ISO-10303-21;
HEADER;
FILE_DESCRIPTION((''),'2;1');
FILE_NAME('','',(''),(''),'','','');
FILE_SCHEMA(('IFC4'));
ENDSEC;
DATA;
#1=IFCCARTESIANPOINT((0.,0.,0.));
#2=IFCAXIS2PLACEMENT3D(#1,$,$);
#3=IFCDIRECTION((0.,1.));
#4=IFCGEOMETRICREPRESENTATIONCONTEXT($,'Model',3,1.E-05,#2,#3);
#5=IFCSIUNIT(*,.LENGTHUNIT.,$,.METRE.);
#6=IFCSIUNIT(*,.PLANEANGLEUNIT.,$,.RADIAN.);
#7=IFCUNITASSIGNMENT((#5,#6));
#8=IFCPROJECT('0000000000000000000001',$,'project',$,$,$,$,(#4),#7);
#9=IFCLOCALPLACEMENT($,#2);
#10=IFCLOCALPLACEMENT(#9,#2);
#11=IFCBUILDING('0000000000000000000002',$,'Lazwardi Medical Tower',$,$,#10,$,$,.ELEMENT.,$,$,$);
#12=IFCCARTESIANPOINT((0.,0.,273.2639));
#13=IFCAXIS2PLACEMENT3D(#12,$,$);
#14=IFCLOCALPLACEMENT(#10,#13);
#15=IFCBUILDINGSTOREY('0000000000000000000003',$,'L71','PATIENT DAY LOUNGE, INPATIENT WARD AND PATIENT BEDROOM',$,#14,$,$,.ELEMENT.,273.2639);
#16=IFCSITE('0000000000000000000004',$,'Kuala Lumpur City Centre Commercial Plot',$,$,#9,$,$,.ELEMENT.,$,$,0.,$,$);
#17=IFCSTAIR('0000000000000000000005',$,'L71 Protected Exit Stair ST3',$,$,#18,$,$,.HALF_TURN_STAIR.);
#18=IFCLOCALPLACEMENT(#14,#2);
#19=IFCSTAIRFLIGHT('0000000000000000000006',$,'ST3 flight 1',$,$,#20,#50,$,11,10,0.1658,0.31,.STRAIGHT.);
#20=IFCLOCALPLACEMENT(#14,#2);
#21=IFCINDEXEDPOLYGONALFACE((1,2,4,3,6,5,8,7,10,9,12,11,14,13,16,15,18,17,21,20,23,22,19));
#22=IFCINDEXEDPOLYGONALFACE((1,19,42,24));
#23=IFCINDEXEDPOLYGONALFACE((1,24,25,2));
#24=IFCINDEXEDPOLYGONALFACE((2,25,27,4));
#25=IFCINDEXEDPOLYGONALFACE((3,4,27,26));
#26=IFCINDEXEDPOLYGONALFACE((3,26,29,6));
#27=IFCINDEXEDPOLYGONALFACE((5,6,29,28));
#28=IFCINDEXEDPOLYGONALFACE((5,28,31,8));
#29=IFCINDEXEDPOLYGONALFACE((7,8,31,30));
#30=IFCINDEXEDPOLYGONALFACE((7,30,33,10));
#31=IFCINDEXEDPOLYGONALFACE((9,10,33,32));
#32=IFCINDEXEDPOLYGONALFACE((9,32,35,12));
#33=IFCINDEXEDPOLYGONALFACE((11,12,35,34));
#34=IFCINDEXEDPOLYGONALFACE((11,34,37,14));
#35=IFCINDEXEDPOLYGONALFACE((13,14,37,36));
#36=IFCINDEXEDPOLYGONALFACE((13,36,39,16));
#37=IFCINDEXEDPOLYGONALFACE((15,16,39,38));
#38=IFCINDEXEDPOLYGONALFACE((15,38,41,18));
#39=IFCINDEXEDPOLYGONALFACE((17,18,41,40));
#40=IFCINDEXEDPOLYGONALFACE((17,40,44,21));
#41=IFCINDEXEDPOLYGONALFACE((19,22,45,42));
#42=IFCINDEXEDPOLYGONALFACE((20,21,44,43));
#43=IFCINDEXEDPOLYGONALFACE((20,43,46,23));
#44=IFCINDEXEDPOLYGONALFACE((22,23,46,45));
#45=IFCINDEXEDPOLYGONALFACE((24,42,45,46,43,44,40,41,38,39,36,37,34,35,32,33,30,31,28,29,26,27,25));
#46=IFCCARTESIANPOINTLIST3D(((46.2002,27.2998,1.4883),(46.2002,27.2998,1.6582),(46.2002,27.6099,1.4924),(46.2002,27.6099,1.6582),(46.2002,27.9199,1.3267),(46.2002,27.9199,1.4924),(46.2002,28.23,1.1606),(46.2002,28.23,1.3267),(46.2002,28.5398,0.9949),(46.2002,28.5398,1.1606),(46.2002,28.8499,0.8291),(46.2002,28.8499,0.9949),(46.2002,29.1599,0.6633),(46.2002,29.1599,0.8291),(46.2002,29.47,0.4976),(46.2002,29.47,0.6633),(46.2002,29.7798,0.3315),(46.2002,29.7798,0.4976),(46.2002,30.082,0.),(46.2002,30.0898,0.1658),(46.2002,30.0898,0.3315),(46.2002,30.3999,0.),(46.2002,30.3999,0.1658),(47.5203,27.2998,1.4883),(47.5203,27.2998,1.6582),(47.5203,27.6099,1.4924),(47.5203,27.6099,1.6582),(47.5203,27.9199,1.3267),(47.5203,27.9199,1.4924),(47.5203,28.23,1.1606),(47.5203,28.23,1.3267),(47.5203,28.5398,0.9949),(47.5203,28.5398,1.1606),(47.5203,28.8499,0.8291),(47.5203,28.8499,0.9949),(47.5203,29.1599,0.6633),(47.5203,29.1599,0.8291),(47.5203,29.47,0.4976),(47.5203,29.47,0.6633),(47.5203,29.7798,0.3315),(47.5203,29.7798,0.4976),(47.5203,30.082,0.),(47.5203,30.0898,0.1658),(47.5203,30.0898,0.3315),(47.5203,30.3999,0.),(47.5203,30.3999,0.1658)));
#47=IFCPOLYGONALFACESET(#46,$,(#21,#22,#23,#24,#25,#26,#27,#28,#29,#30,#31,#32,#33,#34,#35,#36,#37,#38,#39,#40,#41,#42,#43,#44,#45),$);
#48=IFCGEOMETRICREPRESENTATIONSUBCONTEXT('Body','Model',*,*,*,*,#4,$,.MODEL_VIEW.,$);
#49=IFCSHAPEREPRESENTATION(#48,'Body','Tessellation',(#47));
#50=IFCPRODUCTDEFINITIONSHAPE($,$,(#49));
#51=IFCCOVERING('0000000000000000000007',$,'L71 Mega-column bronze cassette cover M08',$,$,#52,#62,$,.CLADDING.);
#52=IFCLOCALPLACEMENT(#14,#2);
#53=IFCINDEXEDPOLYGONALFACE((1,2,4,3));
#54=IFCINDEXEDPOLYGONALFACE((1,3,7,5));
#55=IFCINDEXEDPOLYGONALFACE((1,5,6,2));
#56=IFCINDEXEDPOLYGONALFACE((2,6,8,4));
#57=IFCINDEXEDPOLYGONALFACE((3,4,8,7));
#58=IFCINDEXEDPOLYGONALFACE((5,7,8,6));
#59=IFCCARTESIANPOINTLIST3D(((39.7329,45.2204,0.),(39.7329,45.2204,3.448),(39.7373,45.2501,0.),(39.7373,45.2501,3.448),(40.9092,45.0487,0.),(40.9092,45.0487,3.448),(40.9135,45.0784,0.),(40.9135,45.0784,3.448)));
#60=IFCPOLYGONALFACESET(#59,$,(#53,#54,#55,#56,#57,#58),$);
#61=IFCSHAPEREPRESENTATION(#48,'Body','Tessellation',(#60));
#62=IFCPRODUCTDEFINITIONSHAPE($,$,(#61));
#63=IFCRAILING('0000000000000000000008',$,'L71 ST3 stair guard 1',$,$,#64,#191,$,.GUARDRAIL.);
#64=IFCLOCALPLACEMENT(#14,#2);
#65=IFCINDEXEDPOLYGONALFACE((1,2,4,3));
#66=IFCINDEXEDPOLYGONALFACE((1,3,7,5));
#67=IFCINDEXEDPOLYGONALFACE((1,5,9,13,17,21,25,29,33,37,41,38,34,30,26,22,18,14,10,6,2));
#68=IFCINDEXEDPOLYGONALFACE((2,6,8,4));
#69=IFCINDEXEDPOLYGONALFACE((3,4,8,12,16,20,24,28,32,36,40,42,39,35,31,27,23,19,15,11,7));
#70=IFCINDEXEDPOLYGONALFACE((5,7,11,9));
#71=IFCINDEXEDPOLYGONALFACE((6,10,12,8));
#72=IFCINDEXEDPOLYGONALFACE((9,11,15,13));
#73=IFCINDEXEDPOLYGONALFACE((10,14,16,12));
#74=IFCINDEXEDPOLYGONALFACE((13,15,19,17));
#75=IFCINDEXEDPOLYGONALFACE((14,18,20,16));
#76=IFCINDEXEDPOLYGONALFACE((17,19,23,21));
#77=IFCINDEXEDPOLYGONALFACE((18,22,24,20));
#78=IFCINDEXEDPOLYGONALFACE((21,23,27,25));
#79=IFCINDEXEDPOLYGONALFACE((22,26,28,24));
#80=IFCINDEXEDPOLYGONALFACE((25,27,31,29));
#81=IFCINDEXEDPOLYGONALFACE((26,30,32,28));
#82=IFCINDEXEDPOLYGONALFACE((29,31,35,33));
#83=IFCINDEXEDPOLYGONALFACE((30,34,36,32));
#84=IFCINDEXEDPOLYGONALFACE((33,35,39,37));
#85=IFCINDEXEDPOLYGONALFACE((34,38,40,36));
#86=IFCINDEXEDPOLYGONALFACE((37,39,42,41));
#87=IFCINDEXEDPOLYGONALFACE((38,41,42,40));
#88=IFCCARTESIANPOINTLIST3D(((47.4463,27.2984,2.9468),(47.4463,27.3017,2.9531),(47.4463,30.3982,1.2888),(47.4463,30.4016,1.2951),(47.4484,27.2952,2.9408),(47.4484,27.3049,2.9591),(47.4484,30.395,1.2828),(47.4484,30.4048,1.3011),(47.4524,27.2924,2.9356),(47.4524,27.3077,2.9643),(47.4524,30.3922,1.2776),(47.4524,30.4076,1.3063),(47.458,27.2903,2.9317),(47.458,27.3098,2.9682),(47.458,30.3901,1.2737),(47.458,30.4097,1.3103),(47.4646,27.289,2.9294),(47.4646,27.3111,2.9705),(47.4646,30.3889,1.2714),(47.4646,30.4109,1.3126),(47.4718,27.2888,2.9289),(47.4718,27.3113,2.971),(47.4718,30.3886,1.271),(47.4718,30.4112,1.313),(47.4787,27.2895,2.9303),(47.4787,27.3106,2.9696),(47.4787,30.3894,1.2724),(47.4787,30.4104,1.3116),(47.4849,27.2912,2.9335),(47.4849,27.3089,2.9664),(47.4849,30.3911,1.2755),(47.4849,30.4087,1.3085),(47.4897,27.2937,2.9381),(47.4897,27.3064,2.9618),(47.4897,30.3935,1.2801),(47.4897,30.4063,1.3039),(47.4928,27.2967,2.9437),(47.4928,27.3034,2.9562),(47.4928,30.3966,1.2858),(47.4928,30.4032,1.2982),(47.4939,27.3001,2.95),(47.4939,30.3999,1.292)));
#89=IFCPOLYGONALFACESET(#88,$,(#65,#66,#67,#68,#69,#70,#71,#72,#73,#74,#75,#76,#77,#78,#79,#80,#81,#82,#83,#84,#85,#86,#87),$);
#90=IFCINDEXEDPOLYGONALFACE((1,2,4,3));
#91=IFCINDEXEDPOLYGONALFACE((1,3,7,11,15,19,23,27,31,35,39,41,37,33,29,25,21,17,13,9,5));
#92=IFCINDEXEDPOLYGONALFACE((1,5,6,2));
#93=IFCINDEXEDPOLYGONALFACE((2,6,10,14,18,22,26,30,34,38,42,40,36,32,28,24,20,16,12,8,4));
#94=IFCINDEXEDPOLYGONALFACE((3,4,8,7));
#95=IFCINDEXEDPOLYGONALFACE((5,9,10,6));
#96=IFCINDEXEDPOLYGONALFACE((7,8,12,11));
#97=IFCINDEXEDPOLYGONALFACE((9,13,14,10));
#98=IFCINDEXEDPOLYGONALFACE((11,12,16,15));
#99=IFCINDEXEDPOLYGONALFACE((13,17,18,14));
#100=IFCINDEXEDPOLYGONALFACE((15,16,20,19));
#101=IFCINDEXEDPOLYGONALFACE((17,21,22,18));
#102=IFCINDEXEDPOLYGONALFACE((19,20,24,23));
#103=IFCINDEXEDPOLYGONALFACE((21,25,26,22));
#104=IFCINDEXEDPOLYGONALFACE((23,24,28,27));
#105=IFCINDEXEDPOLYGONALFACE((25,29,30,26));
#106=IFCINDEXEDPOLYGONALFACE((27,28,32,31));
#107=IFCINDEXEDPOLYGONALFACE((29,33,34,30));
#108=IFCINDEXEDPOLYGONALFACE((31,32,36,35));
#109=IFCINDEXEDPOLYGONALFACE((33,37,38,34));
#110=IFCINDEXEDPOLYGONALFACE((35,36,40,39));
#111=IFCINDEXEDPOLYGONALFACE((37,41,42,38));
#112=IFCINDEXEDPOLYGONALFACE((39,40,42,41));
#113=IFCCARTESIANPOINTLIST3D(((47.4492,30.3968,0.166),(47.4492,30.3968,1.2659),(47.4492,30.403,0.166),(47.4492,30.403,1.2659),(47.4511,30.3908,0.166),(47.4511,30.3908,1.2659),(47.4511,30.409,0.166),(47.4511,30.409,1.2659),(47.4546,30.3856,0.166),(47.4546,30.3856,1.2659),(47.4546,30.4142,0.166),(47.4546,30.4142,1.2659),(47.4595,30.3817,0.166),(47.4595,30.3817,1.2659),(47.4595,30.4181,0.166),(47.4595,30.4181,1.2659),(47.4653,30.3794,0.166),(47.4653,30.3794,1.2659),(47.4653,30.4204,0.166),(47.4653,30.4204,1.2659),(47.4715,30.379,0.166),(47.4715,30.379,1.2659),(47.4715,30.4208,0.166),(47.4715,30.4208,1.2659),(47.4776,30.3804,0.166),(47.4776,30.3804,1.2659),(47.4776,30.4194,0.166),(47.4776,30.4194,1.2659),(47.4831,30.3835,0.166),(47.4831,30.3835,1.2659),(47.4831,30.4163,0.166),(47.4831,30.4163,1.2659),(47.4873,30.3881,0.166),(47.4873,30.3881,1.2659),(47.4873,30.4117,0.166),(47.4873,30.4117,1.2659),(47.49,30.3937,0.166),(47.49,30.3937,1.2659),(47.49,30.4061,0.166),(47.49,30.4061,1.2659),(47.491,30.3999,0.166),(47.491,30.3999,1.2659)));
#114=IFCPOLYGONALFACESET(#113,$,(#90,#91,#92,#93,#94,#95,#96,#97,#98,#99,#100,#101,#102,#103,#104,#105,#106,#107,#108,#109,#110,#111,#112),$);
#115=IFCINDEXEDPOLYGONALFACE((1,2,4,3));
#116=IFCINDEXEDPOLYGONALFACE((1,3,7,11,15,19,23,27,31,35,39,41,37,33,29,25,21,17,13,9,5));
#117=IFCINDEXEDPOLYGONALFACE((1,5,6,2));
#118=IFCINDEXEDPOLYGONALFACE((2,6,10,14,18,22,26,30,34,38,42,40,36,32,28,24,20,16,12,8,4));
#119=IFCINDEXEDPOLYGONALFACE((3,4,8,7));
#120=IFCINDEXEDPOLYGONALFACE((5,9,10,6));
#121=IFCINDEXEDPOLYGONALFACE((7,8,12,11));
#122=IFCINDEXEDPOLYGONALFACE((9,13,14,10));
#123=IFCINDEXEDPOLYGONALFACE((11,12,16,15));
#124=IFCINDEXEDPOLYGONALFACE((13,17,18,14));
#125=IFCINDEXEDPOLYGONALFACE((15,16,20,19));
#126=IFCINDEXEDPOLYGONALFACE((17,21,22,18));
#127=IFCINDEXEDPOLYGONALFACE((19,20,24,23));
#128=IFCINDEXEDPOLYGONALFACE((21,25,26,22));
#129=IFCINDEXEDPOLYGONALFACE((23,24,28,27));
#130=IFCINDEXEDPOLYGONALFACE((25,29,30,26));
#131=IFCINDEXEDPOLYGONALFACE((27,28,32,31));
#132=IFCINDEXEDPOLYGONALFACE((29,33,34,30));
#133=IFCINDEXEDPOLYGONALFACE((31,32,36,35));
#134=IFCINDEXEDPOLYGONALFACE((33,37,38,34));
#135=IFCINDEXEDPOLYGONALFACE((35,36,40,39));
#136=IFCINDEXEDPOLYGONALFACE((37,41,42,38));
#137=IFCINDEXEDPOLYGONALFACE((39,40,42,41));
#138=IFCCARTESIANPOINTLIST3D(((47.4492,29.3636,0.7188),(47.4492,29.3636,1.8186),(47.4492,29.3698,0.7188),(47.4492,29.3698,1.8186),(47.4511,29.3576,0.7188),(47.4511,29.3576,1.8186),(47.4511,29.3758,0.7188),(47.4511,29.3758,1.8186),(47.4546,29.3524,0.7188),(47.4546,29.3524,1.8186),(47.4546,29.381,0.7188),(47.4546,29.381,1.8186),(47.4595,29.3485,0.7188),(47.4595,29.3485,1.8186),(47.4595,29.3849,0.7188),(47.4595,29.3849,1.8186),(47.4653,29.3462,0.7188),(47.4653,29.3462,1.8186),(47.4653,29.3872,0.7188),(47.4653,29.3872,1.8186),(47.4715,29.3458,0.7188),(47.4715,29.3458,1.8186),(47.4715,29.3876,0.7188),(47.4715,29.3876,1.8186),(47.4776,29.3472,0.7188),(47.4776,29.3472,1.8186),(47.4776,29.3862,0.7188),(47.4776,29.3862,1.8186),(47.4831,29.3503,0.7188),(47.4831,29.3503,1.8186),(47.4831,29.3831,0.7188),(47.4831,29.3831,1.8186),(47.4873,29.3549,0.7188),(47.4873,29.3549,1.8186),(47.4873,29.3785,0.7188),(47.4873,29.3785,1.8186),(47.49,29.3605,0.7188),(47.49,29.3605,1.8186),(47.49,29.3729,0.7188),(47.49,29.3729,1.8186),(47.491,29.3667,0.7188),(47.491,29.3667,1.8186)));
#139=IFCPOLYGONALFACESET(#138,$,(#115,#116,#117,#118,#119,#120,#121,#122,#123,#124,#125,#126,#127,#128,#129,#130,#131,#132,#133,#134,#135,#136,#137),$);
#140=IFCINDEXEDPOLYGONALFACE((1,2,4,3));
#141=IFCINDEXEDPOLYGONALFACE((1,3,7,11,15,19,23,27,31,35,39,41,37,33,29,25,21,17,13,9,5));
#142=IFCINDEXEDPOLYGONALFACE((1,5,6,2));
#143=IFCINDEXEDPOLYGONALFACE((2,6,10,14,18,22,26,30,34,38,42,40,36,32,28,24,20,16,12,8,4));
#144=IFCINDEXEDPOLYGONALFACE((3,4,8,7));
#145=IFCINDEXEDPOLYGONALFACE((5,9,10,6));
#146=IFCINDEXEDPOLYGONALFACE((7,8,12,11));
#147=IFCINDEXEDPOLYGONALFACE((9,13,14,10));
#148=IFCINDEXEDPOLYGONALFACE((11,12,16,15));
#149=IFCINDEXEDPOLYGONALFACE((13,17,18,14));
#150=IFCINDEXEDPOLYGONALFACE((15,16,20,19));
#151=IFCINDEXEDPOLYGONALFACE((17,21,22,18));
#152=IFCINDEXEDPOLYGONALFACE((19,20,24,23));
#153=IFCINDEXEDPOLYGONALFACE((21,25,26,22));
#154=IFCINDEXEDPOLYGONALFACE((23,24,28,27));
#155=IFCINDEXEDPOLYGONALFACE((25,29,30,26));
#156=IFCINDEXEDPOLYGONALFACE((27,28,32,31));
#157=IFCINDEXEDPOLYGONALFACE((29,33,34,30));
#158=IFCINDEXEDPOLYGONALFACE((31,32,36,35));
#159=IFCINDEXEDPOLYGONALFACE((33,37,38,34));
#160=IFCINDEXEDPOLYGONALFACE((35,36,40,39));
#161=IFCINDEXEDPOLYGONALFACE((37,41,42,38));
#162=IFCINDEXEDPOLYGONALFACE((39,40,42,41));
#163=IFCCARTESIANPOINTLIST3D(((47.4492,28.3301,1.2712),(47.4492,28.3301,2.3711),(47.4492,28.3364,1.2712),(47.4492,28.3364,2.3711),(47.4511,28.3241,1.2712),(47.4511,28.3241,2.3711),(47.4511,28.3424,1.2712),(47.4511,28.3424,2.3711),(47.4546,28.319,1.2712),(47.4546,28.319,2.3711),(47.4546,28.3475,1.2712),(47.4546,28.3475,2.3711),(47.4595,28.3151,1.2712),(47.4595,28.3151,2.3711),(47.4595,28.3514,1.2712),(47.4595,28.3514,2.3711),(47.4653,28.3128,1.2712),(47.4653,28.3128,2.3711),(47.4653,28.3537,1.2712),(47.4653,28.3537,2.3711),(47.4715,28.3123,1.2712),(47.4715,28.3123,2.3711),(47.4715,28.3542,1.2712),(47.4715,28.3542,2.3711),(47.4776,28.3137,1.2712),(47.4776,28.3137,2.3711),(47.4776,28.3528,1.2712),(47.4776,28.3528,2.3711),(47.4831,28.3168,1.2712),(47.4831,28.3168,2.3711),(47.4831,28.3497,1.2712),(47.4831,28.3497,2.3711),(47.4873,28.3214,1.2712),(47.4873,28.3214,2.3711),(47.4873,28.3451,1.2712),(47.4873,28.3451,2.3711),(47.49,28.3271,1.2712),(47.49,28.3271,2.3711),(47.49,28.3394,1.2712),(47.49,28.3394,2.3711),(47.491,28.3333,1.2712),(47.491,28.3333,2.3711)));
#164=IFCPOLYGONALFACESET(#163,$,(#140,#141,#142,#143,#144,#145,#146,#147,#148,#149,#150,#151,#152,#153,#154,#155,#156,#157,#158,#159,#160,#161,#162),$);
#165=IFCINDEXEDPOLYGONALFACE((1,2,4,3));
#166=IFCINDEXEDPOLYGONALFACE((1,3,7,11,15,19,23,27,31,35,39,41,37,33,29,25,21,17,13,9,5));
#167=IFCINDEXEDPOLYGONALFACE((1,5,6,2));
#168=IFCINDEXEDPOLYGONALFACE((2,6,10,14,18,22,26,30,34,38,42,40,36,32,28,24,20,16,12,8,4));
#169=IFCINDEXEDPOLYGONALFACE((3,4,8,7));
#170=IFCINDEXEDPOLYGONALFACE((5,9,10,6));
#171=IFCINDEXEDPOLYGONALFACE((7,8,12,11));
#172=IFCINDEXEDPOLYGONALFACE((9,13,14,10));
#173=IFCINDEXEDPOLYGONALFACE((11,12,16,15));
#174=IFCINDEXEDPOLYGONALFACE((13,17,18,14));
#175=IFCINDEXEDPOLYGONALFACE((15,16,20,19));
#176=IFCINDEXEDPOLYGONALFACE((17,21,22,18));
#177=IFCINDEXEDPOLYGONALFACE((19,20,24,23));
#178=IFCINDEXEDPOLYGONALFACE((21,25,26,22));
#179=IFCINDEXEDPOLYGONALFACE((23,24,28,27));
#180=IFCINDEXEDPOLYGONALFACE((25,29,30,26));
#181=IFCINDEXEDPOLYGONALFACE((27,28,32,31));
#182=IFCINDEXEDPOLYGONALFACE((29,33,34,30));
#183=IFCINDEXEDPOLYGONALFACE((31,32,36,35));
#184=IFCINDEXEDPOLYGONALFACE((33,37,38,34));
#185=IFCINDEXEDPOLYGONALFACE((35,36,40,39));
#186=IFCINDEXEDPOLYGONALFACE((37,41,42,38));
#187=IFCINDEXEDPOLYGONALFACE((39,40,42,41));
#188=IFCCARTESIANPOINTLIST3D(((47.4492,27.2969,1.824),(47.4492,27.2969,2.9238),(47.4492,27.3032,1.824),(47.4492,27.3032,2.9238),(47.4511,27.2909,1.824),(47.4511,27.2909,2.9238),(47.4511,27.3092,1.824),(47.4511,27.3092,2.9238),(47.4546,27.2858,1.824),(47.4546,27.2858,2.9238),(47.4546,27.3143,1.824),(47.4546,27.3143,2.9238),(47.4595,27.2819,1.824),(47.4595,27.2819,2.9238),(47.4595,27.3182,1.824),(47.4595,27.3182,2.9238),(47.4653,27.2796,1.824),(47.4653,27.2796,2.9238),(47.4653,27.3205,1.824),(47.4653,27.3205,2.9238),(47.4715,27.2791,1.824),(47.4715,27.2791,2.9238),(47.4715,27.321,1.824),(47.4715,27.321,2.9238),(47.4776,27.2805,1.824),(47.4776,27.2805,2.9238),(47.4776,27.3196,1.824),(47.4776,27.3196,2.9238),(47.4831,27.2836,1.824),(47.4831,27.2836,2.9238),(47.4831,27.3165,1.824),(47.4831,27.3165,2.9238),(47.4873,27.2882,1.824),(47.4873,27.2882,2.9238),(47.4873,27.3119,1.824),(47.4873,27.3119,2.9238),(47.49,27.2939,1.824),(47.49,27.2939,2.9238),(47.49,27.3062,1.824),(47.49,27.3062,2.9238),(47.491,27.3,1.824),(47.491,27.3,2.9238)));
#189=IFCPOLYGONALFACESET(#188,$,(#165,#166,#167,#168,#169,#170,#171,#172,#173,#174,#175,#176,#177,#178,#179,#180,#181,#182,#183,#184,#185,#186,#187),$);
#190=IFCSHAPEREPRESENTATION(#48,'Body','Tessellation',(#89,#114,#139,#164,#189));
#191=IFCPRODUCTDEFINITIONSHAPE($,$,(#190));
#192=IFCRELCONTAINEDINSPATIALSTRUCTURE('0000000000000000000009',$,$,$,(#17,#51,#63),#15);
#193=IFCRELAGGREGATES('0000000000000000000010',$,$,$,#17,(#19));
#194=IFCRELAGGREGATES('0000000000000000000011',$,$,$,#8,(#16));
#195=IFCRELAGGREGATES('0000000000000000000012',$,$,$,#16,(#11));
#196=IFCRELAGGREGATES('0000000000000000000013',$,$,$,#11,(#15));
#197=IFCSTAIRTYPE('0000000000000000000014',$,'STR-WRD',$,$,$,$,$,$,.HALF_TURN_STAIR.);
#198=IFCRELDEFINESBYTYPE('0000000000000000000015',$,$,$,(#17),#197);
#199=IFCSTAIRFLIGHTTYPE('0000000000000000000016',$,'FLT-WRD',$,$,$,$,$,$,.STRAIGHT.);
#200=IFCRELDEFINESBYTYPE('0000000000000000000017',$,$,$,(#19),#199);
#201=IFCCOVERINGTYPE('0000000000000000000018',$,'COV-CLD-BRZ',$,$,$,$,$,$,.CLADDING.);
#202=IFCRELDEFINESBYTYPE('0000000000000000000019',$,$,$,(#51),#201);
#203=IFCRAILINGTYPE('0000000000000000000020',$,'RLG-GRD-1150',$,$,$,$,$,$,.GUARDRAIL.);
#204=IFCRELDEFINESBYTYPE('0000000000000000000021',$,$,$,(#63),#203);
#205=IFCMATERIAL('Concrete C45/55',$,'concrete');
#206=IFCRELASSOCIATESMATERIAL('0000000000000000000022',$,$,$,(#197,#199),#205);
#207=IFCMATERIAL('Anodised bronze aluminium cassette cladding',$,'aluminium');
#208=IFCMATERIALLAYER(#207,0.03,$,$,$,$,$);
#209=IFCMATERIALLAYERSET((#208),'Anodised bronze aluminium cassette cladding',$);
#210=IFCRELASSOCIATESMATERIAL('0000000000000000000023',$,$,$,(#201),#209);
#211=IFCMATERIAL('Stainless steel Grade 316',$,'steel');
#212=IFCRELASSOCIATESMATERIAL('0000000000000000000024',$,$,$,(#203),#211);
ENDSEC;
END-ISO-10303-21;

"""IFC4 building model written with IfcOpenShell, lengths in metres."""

from ifc_helpers import new_model, si_unit, direction, frame, origin, origin_2d, place, context, subcontext, project, spatial, polyline, rectangle, circle, outline, extrude, material, layer, layer_set, type_object, element, aggregate, save


model = new_model("IFC4")

# Units and contexts
model_context = context("Model", 3, precision=1e-05, world=origin(), true_north=direction((0.0, 1.0)))
body_context = subcontext(model_context, "Body", "Model", "MODEL_VIEW")
ifc_project = project(units=[si_unit("LENGTHUNIT", "METRE"), si_unit("PLANEANGLEUNIT", "RADIAN")], contexts=[model_context])

# Site, building, storey
site_placement = place(None, origin())
site = spatial("IfcSite", under=ifc_project, at=site_placement, Name="Kuala Lumpur City Centre Commercial Plot", CompositionType="ELEMENT", RefElevation=0.0)
building_placement = place(site_placement, origin())
building = spatial("IfcBuilding", under=site, at=building_placement, Name="Lazwardi Medical Tower", CompositionType="ELEMENT")
storey_placement = place(building_placement, frame((0.0, 0.0, 273.2639)))
storey = spatial("IfcBuildingStorey", under=building, at=storey_placement, Name="L71", Description="PATIENT DAY LOUNGE, INPATIENT WARD AND PATIENT BEDROOM", CompositionType="ELEMENT", Elevation=273.2639)

# Stair, stair flight
ifc_material_1 = material(Name="Concrete C45/55", Category="concrete")
stair_type = type_object("IfcStairType", Name="STR-WRD", PredefinedType="HALF_TURN_STAIR", material=ifc_material_1)
stair_flight_type = type_object("IfcStairFlightType", Name="FLT-WRD", PredefinedType="STRAIGHT", material=ifc_material_1)
stair_1_placement = place(storey_placement, origin())
stair_1 = element("IfcStair", 1, at=stair_1_placement, inside=storey, type_object=stair_type, Name="L71 Protected Exit Stair ST3", PredefinedType="HALF_TURN_STAIR")
stair_flight_1_placement = place(storey_placement, frame((46.8601, 30.3999, 0.0), z_axis=(0.0, 0.0, 1.0), x_axis=(0.0, -1.0, 0.0)))
stair_flight_1 = element("IfcStairFlight", 2, at=stair_flight_1_placement, type_object=stair_flight_type, Name="ST3 flight 1", NumberOfRisers=11, NumberOfTreads=10, PredefinedType="STRAIGHT", RiserHeight=0.1658, TreadLength=0.31, context=body_context, shape_type="SweptSolid", body=[
    extrude(outline(polyline([(0.0, 0.0), (0.0, 0.1658), (0.3101, 0.1658), (0.3101, 0.3315), (0.6201, 0.3315), (0.6201, 0.4976), (0.9299, 0.4976), (0.9299, 0.6633), (1.24, 0.6633), (1.24, 0.8291), (1.55, 0.8291), (1.55, 0.9949), (1.8601, 0.9949), (1.8601, 1.1606), (2.1699, 1.1606), (2.1699, 1.3267), (2.48, 1.3267), (2.48, 1.4924), (2.79, 1.4924), (2.79, 1.6582), (3.1001, 1.6582), (3.1001, 1.824), (3.1001, 1.4883), (0.3179, 0.0), (0.0, 0.0)])), frame((0.0, 0.6602, 0.0), z_axis=(0.0, -1.0, 0.0), x_axis=(1.0, 0.0, 0.0)), (0.0, 0.0, 1.0), 1.3201),
])
aggregate(stair_1, [stair_flight_1])

# Covering
ifc_material_2 = material(Name="Anodised bronze aluminium cassette cladding", Category="aluminium")
ifc_layer_1 = layer(ifc_material_2, 0.03)
ifc_layer_set_1 = layer_set([ifc_layer_1], Name="Anodised bronze aluminium cassette cladding")
covering_type = type_object("IfcCoveringType", Name="COV-CLD-BRZ", PredefinedType="CLADDING", material=ifc_layer_set_1)
covering_placement = place(storey_placement, frame((40.3232, 45.1494, 0.0), z_axis=(0.0, 0.0, 1.0), x_axis=(-0.989512, 0.144448, 0.0)))
element("IfcCovering", 3, at=covering_placement, inside=storey, type_object=covering_type, Name="L71 Mega-column bronze cassette cover M08", PredefinedType="CLADDING", context=body_context, shape_type="SweptSolid", body=[
    extrude(rectangle(XDim=1.1887, YDim=0.03, at=origin_2d()), origin(), (0.0, 0.0, 1.0), 3.448),
])

# Railing
ifc_material_3 = material(Name="Stainless steel Grade 316", Category="steel")
railing_type_1 = type_object("IfcRailingType", Name="RLG-GRD-1150", PredefinedType="GUARDRAIL", material=ifc_material_3)
railing_1_placement = place(storey_placement, frame((47.47, 30.3999, 0.166)))
element("IfcRailing", 4, at=railing_1_placement, inside=storey, type_object=railing_type_1, Name="L71 ST3 stair guard 1", PredefinedType="GUARDRAIL", context=body_context, shape_type="SweptSolid", body=[
    extrude(circle(Radius=0.0239, at=origin_2d()), frame((0.0, 0.0, 1.126), z_axis=(0.0, -0.881797, 0.47163), x_axis=(1.0, 0.0, 0.0)), (0.0, 0.0, 1.0), 3.5154),
    extrude(circle(Radius=0.021, at=origin_2d()), origin(), (0.0, 0.0, 1.0), 1.0999),
    extrude(circle(Radius=0.021, at=origin_2d()), frame((0.0, -1.0332, 0.5527)), (0.0, 0.0, 1.0), 1.0999),
    extrude(circle(Radius=0.021, at=origin_2d()), frame((0.0, -2.0667, 1.1052)), (0.0, 0.0, 1.0), 1.0999),
    extrude(circle(Radius=0.021, at=origin_2d()), frame((0.0, -3.0999, 1.658)), (0.0, 0.0, 1.0), 1.0999),
])

save(model, "model.ifc")
